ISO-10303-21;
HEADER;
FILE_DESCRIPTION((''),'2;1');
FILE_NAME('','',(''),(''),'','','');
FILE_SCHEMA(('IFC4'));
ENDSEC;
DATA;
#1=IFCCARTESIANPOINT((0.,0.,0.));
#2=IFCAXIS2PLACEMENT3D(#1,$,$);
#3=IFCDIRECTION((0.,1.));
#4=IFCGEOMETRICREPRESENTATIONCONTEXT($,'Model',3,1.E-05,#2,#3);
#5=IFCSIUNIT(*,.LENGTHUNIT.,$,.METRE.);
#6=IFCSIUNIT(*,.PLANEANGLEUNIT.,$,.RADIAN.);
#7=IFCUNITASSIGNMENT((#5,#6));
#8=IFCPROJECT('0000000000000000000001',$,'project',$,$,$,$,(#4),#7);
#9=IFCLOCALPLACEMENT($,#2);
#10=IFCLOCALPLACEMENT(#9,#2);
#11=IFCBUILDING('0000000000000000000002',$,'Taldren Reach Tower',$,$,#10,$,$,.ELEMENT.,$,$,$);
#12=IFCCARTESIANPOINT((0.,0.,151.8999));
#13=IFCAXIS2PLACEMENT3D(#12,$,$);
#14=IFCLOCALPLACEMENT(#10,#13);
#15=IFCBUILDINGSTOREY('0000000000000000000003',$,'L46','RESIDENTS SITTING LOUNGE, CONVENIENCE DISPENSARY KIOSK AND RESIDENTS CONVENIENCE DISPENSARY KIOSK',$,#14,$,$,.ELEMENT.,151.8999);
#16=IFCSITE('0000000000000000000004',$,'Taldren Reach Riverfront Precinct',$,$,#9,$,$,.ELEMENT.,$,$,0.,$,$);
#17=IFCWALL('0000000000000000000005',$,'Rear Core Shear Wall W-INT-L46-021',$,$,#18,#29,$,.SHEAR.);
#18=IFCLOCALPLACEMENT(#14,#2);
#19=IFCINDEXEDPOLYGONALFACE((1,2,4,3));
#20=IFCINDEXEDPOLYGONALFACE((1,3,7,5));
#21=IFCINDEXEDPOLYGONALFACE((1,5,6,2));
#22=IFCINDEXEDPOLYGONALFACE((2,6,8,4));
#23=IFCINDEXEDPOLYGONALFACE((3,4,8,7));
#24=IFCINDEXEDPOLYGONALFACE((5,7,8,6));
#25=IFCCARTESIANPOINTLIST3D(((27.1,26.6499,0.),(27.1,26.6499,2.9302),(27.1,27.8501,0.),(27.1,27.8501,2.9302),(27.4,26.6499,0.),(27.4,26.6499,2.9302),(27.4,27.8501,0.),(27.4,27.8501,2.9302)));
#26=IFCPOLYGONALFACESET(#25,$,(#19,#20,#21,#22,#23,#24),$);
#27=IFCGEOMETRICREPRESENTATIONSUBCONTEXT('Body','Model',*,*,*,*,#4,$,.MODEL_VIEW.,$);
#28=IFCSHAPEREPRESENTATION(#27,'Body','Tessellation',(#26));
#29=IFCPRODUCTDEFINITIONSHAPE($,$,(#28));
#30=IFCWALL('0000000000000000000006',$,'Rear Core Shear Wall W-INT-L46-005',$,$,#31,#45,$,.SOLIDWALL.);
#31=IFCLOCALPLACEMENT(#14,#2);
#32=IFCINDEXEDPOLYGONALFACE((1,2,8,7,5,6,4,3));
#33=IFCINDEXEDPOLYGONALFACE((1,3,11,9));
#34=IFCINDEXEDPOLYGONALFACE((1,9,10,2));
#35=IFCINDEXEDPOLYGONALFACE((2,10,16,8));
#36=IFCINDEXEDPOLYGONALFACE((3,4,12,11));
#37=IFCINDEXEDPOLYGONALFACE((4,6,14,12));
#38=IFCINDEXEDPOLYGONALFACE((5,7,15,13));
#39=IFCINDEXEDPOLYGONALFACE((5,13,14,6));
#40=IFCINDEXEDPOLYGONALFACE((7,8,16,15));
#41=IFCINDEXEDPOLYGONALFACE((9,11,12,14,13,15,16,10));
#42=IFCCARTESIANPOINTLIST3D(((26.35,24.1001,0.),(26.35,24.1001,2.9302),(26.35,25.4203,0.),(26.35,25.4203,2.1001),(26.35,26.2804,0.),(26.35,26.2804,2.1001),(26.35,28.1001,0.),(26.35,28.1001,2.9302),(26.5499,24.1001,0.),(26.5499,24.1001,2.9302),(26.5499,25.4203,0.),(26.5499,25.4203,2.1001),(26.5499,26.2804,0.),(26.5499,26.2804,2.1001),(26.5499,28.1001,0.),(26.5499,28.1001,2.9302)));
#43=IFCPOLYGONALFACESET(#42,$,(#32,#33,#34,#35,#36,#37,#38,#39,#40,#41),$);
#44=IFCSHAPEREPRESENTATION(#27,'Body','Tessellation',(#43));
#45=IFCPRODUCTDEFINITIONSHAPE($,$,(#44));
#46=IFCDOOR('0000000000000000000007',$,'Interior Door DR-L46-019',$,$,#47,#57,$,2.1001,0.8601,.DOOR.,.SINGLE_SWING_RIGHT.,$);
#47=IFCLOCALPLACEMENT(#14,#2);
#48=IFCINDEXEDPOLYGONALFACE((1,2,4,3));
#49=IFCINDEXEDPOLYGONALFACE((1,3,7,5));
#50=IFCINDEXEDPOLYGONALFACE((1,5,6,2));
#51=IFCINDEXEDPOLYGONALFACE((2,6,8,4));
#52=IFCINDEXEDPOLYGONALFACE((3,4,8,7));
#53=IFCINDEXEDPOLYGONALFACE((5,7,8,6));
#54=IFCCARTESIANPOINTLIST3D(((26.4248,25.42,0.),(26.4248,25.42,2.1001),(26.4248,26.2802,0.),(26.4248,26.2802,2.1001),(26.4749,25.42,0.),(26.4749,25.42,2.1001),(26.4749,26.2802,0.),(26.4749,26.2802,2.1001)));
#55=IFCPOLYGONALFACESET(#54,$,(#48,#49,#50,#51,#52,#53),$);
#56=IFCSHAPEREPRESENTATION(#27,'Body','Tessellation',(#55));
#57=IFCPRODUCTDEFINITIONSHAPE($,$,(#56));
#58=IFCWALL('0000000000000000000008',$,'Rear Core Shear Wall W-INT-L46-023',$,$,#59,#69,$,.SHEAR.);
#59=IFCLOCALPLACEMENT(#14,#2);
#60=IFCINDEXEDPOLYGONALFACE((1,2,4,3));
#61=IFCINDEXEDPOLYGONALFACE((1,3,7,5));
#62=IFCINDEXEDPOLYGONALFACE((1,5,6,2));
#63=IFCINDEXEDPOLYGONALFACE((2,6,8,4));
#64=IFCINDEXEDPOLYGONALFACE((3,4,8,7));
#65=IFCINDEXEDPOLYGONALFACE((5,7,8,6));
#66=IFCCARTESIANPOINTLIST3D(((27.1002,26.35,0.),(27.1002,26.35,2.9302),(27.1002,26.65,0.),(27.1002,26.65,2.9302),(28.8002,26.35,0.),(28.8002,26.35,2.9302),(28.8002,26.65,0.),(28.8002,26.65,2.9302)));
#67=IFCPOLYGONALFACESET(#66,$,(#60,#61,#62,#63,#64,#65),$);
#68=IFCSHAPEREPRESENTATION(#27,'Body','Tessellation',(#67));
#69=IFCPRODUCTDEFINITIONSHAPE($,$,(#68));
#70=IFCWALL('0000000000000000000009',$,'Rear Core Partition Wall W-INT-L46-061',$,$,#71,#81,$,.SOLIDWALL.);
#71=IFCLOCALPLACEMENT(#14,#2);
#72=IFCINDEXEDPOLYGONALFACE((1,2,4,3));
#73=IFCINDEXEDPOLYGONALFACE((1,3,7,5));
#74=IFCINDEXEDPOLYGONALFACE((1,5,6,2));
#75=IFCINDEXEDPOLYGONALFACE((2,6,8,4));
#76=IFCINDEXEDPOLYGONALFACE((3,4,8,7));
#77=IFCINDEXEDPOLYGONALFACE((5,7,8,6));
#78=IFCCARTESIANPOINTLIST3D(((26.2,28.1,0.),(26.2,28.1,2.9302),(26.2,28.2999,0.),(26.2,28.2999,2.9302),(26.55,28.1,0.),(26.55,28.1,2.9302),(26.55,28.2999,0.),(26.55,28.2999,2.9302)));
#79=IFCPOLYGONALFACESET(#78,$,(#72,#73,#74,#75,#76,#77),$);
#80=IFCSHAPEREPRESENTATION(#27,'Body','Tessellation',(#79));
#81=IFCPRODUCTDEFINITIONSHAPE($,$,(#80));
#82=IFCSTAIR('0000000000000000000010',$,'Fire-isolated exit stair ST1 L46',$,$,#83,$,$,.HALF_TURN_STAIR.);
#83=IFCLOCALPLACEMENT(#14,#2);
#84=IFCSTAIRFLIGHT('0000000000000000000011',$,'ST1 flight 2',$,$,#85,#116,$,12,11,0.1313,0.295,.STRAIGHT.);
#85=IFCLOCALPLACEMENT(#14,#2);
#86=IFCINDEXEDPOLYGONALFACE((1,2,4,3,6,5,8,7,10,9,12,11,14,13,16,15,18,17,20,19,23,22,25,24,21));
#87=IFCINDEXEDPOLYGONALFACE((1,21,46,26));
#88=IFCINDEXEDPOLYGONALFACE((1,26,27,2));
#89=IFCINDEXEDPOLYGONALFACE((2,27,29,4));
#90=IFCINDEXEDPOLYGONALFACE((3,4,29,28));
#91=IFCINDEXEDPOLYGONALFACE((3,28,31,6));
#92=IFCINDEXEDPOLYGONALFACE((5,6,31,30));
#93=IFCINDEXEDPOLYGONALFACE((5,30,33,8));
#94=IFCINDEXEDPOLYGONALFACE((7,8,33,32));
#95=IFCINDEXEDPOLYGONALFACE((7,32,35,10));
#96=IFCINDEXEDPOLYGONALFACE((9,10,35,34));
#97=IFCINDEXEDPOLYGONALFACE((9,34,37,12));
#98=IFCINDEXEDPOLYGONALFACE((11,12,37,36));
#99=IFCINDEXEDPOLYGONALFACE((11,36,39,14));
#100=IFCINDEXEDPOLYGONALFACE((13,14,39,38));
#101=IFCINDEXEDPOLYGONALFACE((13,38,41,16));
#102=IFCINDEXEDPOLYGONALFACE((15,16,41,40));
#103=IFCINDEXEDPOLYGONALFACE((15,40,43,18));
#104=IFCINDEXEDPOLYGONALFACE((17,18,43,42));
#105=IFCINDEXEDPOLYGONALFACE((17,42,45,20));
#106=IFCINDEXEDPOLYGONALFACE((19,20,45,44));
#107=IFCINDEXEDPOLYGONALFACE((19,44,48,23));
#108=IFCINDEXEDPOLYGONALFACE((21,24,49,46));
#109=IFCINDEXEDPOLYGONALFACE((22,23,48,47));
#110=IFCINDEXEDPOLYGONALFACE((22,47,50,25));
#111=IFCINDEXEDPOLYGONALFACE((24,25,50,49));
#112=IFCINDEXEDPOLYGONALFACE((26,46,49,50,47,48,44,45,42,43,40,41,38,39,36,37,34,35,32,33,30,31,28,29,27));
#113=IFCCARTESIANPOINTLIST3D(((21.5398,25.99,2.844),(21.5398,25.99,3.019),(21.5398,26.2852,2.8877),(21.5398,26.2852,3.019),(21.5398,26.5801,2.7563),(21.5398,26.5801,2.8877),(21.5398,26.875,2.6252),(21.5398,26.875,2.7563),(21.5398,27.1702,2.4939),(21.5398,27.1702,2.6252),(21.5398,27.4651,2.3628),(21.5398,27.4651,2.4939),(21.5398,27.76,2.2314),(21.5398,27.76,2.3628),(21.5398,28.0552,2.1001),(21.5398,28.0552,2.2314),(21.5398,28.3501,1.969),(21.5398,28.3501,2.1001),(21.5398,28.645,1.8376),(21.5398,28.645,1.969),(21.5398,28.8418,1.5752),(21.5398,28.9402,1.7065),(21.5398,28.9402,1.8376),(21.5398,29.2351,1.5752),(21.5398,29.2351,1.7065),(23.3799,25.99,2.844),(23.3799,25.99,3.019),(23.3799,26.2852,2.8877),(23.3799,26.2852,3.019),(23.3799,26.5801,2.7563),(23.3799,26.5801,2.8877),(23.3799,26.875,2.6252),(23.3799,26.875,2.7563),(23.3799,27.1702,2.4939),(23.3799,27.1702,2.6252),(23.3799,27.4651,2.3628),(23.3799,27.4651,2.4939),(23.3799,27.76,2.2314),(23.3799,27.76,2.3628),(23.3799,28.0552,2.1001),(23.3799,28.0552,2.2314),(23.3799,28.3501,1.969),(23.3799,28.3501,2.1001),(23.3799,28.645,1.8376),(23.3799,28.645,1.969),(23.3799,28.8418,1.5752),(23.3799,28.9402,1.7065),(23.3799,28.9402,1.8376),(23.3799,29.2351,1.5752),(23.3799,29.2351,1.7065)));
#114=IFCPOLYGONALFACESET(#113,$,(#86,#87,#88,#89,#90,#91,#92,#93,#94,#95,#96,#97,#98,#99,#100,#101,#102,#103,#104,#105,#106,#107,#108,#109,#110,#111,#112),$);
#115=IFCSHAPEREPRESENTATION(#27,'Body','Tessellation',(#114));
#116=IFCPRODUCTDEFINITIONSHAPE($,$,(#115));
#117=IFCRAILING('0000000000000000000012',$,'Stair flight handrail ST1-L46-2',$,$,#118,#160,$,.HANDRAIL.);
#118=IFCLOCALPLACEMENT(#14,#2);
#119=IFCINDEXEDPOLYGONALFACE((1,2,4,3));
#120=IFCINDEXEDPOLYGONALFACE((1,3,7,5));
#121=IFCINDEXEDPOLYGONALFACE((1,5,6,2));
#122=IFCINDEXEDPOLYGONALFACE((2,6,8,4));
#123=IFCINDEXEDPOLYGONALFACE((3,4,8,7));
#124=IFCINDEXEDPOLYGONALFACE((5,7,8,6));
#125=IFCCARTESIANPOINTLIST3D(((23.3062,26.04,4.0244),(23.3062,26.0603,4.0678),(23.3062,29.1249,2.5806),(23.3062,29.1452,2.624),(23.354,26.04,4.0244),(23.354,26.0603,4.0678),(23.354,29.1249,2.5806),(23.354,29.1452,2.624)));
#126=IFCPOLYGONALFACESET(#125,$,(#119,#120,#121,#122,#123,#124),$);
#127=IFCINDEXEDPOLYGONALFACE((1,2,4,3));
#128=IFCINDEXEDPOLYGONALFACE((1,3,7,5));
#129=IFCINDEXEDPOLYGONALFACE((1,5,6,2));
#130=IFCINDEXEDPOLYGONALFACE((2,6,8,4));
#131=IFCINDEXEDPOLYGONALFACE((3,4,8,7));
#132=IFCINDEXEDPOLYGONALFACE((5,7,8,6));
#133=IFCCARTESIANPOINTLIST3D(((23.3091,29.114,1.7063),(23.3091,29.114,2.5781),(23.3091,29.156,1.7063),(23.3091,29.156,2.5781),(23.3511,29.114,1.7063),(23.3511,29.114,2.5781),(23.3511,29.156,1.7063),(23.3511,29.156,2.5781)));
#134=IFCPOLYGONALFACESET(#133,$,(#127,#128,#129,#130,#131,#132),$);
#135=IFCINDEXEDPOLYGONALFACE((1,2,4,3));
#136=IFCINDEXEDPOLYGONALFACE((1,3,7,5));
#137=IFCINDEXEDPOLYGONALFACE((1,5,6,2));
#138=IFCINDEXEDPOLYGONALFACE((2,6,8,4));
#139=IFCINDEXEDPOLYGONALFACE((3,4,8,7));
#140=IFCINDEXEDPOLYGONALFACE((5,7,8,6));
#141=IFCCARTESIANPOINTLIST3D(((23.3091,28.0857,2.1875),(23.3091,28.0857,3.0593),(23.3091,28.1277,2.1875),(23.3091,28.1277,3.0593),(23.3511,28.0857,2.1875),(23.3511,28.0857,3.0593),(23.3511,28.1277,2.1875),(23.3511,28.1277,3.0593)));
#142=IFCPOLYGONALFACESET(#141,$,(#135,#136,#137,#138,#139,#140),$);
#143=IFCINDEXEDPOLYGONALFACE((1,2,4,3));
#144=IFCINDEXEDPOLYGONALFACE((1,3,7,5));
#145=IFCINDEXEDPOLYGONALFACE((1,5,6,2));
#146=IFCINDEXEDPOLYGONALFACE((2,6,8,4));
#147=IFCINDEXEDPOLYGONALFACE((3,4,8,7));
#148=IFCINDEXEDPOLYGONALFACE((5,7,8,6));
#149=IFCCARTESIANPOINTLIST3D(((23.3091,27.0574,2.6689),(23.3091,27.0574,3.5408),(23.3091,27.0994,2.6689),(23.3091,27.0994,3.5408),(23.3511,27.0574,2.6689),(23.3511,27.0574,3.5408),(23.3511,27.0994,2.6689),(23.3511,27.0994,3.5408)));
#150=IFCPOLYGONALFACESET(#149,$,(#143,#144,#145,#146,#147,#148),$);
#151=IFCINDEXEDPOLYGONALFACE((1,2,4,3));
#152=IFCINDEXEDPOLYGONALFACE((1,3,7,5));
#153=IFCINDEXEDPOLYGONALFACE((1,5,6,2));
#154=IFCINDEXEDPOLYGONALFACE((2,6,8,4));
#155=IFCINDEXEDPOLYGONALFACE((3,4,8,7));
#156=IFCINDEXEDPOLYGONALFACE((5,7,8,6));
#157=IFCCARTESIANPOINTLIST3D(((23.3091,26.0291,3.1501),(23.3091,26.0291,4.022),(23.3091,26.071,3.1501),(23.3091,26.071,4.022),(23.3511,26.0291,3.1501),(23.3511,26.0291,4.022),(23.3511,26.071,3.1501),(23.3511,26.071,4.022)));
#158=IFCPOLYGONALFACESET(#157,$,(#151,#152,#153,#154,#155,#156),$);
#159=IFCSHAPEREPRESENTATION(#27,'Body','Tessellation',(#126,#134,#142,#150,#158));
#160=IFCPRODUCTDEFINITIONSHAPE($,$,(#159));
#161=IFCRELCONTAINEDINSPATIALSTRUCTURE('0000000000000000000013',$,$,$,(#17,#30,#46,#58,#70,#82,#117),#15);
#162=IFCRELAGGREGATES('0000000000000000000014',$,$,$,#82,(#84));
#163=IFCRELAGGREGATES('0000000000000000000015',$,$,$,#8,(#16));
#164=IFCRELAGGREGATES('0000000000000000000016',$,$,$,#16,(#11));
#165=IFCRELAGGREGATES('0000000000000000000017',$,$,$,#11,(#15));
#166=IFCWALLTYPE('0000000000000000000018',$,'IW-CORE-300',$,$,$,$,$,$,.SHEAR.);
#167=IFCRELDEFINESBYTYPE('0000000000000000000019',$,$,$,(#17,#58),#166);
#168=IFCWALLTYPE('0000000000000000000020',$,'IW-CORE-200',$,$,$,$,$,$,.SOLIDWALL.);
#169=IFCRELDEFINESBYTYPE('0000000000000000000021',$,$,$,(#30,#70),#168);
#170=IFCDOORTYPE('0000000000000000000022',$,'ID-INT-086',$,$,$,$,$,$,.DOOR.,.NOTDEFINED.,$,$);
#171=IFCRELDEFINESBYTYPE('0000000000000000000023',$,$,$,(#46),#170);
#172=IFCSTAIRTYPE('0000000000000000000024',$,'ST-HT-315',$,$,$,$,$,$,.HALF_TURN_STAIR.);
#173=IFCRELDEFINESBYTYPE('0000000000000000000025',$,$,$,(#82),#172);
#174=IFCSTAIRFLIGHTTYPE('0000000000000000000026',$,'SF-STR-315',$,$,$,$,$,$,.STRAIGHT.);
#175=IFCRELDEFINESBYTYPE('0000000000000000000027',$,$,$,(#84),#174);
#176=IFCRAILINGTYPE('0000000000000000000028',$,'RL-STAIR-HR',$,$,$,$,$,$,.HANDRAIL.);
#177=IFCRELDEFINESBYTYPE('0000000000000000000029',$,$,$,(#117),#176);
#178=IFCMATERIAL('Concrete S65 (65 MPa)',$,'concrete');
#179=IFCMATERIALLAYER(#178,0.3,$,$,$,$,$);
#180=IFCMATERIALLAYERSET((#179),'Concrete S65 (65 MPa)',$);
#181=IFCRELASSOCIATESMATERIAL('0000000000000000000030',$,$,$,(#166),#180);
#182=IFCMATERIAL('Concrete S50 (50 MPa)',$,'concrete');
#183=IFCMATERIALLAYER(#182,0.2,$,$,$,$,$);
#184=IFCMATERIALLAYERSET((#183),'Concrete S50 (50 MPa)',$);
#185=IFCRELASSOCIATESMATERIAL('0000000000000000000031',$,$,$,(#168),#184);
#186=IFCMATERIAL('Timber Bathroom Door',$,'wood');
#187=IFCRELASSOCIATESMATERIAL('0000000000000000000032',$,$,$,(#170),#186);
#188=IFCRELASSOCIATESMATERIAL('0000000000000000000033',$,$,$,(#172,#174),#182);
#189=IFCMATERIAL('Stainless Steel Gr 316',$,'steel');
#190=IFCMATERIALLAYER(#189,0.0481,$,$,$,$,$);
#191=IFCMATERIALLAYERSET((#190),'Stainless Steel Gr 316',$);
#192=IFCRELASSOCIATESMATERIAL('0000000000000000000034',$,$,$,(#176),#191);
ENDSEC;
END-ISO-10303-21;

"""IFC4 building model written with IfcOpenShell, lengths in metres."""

from ifc_helpers import new_model, si_unit, direction, frame, frame_2d, origin, origin_2d, place, context, subcontext, project, spatial, polyline, rectangle, outline, extrude, source, transform, mapped, material, layer, layer_set, type_object, element, fill, aggregate, save


model = new_model("IFC4")

# Units and contexts
model_context = context("Model", 3, precision=1e-05, world=origin(), true_north=direction((0.0, 1.0)))
body_context = subcontext(model_context, "Body", "Model", "MODEL_VIEW")
ifc_project = project(units=[si_unit("LENGTHUNIT", "METRE"), si_unit("PLANEANGLEUNIT", "RADIAN")], contexts=[model_context])

# Site, building, storey
site_placement = place(None, origin())
site = spatial("IfcSite", under=ifc_project, at=site_placement, Name="Taldren Reach Riverfront Precinct", CompositionType="ELEMENT", RefElevation=0.0)
building_placement = place(site_placement, origin())
building = spatial("IfcBuilding", under=site, at=building_placement, Name="Taldren Reach Tower", CompositionType="ELEMENT")
storey_placement = place(building_placement, frame((0.0, 0.0, 151.8999)))
storey = spatial("IfcBuildingStorey", under=building, at=storey_placement, Name="L46", Description="RESIDENTS SITTING LOUNGE, CONVENIENCE DISPENSARY KIOSK AND RESIDENTS CONVENIENCE DISPENSARY KIOSK", CompositionType="ELEMENT", Elevation=151.8999)

# Shared definitions
ifc_material_1 = material(Name="Concrete S65 (65 MPa)", Category="concrete")
ifc_layer_1 = layer(ifc_material_1, 0.3)
ifc_layer_set_1 = layer_set([ifc_layer_1], Name="Concrete S65 (65 MPa)")
wall_type_1 = type_object("IfcWallType", Name="IW-CORE-300", PredefinedType="SHEAR", material=ifc_layer_set_1)

# Shared definitions
ifc_material_2 = material(Name="Concrete S50 (50 MPa)", Category="concrete")
ifc_layer_2 = layer(ifc_material_2, 0.2)
ifc_layer_set_2 = layer_set([ifc_layer_2], Name="Concrete S50 (50 MPa)")
wall_type_2 = type_object("IfcWallType", Name="IW-CORE-200", PredefinedType="SOLIDWALL", material=ifc_layer_set_2)

# Wall
shared_shape_1 = source(origin(), body_context, "Body", "SweptSolid", [
    extrude(rectangle(XDim=1.2002, YDim=0.3, at=frame_2d((0.6001, 0.0))), origin(), (0.0, 0.0, 1.0), 2.9302),
])
wall_1_placement = place(storey_placement, frame((27.25, 27.8501, 0.0), z_axis=(0.0, 0.0, 1.0), x_axis=(0.0, -1.0, 0.0)))
element("IfcWall", 1, at=wall_1_placement, inside=storey, type_object=wall_type_1, Name="Rear Core Shear Wall W-INT-L46-021", PredefinedType="SHEAR", context=body_context, shape_type="MappedRepresentation", body=[
    mapped(shared_shape_1, transform((0.0, 0.0, 0.0), scale=1.0)),
])

# Wall, opening, door
shared_shape_2 = source(origin(), body_context, "Body", "SweptSolid", [
    extrude(rectangle(XDim=4.0, YDim=0.2, at=frame_2d((2.0, 0.0))), origin(), (0.0, 0.0, 1.0), 2.9302),
])
wall_2_placement = place(storey_placement, frame((26.45, 24.1001, 0.0), z_axis=(0.0, 0.0, 1.0), x_axis=(0.0, 1.0, 0.0)))
wall_2 = element("IfcWall", 2, at=wall_2_placement, inside=storey, type_object=wall_type_2, Name="Rear Core Shear Wall W-INT-L46-005", PredefinedType="SOLIDWALL", context=body_context, shape_type="MappedRepresentation", body=[
    mapped(shared_shape_2, transform((0.0, 0.0, 0.0), scale=1.0)),
])
shared_shape_3 = source(origin(), body_context, "Body", "SweptSolid", [
    extrude(rectangle(XDim=0.8601, YDim=2.1001, at=frame_2d((0.4302, 1.05))), frame((0.0, 0.1099, 0.0), z_axis=(0.0, -1.0, 0.0), x_axis=(1.0, 0.0, 0.0)), (0.0, 0.0, 1.0), 0.22),
])
opening_1_placement = place(wall_2_placement, frame((1.3201, 0.0, 0.0)))
opening_1 = element("IfcOpeningElement", 3, at=opening_1_placement, cuts=wall_2, PredefinedType="OPENING", context=body_context, shape_type="MappedRepresentation", body=[
    mapped(shared_shape_3, transform((0.0, 0.0, 0.0), scale=1.0)),
])
ifc_material_3 = material(Name="Timber Bathroom Door", Category="wood")
door_type_1 = type_object("IfcDoorType", Name="ID-INT-086", OperationType="NOTDEFINED", PredefinedType="DOOR", material=ifc_material_3)
shared_shape_4 = source(origin(), body_context, "Body", "SweptSolid", [
    extrude(rectangle(XDim=0.8601, YDim=2.1001, at=frame_2d((0.4302, 1.05))), frame((0.0, 0.0249, 0.0), z_axis=(0.0, -1.0, 0.0), x_axis=(1.0, 0.0, 0.0)), (0.0, 0.0, 1.0), 0.05),
])
door_1_placement = place(opening_1_placement, frame((0.8601, 0.0, 0.0), z_axis=(0.0, 0.0, 1.0), x_axis=(-1.0, 0.0, 0.0)))
door_1 = element("IfcDoor", 4, at=door_1_placement, inside=storey, type_object=door_type_1, Name="Interior Door DR-L46-019", OperationType="SINGLE_SWING_RIGHT", OverallHeight=2.1001, OverallWidth=0.8601, PredefinedType="DOOR", context=body_context, shape_type="MappedRepresentation", body=[
    mapped(shared_shape_4, transform((0.0, 0.0, 0.0), scale=1.0)),
])
fill(opening_1, door_1)

# Wall
shared_shape_5 = source(origin(), body_context, "Body", "SweptSolid", [
    extrude(rectangle(XDim=1.7, YDim=0.3, at=frame_2d((0.8501, 0.0))), origin(), (0.0, 0.0, 1.0), 2.9302),
])
wall_3_placement = place(storey_placement, frame((27.1001, 26.5, 0.0), z_axis=(0.0, 0.0, 1.0), x_axis=(1.0, 0.0, 0.0)))
element("IfcWall", 5, at=wall_3_placement, inside=storey, type_object=wall_type_1, Name="Rear Core Shear Wall W-INT-L46-023", PredefinedType="SHEAR", context=body_context, shape_type="MappedRepresentation", body=[
    mapped(shared_shape_5, transform((0.0, 0.0, 0.0), scale=1.0)),
])

# Wall
shared_shape_6 = source(origin(), body_context, "Body", "SweptSolid", [
    extrude(rectangle(XDim=0.3501, YDim=0.2, at=frame_2d((0.175, 0.0))), origin(), (0.0, 0.0, 1.0), 2.9302),
])
wall_4_placement = place(storey_placement, frame((26.2, 28.2, 0.0), z_axis=(0.0, 0.0, 1.0), x_axis=(1.0, 0.0, 0.0)))
element("IfcWall", 6, at=wall_4_placement, inside=storey, type_object=wall_type_2, Name="Rear Core Partition Wall W-INT-L46-061", PredefinedType="SOLIDWALL", context=body_context, shape_type="MappedRepresentation", body=[
    mapped(shared_shape_6, transform((0.0, 0.0, 0.0), scale=1.0)),
])

# Stair, stair flight
stair_type = type_object("IfcStairType", Name="ST-HT-315", PredefinedType="HALF_TURN_STAIR", material=ifc_material_2)
stair_placement = place(storey_placement, origin())
stair = element("IfcStair", 7, at=stair_placement, inside=storey, type_object=stair_type, Name="Fire-isolated exit stair ST1 L46", PredefinedType="HALF_TURN_STAIR")
stair_flight_type = type_object("IfcStairFlightType", Name="SF-STR-315", PredefinedType="STRAIGHT", material=ifc_material_2)
stair_flight_placement = place(storey_placement, frame((22.46, 29.2351, 1.5752), z_axis=(0.0, 0.0, 1.0), x_axis=(0.0, -1.0, 0.0)))
stair_flight = element("IfcStairFlight", 8, at=stair_flight_placement, type_object=stair_flight_type, Name="ST1 flight 2", NumberOfRisers=12, NumberOfTreads=11, PredefinedType="STRAIGHT", RiserHeight=0.1313, TreadLength=0.295, context=body_context, shape_type="SweptSolid", body=[
    extrude(outline(polyline([(0.0, 0.0), (0.0, 0.1313), (0.2949, 0.1313), (0.2949, 0.2625), (0.5901, 0.2625), (0.5901, 0.3938), (0.885, 0.3938), (0.885, 0.5249), (1.1799, 0.5249), (1.1799, 0.6562), (1.4751, 0.6562), (1.4751, 0.7876), (1.77, 0.7876), (1.77, 0.9187), (2.0649, 0.9187), (2.0649, 1.05), (2.3601, 1.05), (2.3601, 1.1812), (2.655, 1.1812), (2.655, 1.3125), (2.95, 1.3125), (2.95, 1.4438), (3.2451, 1.4438), (3.2451, 1.575), (3.2451, 1.2688), (0.3933, 0.0), (0.0, 0.0)])), frame((0.0, 0.9199, 0.0), z_axis=(0.0, -1.0, 0.0), x_axis=(1.0, 0.0, 0.0)), (0.0, 0.0, 1.0), 1.8401),
])
aggregate(stair, [stair_flight])

# Railing
ifc_material_4 = material(Name="Stainless Steel Gr 316", Category="steel")
ifc_layer_3 = layer(ifc_material_4, 0.0481)
ifc_layer_set_3 = layer_set([ifc_layer_3], Name="Stainless Steel Gr 316")
railing_type = type_object("IfcRailingType", Name="RL-STAIR-HR", PredefinedType="HANDRAIL", material=ifc_layer_set_3)
railing_placement = place(storey_placement, frame((23.3301, 29.135, 1.7063)))
element("IfcRailing", 9, at=railing_placement, inside=storey, type_object=railing_type, Name="Stair flight handrail ST1-L46-2", PredefinedType="HANDRAIL", context=body_context, shape_type="SweptSolid", body=[
    extrude(rectangle(XDim=0.0479, YDim=0.0479, at=origin_2d()), frame((0.0, 0.0, 0.896), z_axis=(0.0, -0.90571, 0.423898), x_axis=(1.0, 0.0, 0.0)), (0.0, 0.0, 1.0), 3.406),
    extrude(rectangle(XDim=0.042, YDim=0.042, at=origin_2d()), origin(), (0.0, 0.0, 1.0), 0.8718),
    extrude(rectangle(XDim=0.042, YDim=0.042, at=origin_2d()), frame((0.0, -1.0283, 0.4812)), (0.0, 0.0, 1.0), 0.8718),
    extrude(rectangle(XDim=0.042, YDim=0.042, at=origin_2d()), frame((0.0, -2.0566, 0.9626)), (0.0, 0.0, 1.0), 0.8718),
    extrude(rectangle(XDim=0.042, YDim=0.042, at=origin_2d()), frame((0.0, -3.085, 1.4438)), (0.0, 0.0, 1.0), 0.8718),
])

save(model, "model.ifc")
